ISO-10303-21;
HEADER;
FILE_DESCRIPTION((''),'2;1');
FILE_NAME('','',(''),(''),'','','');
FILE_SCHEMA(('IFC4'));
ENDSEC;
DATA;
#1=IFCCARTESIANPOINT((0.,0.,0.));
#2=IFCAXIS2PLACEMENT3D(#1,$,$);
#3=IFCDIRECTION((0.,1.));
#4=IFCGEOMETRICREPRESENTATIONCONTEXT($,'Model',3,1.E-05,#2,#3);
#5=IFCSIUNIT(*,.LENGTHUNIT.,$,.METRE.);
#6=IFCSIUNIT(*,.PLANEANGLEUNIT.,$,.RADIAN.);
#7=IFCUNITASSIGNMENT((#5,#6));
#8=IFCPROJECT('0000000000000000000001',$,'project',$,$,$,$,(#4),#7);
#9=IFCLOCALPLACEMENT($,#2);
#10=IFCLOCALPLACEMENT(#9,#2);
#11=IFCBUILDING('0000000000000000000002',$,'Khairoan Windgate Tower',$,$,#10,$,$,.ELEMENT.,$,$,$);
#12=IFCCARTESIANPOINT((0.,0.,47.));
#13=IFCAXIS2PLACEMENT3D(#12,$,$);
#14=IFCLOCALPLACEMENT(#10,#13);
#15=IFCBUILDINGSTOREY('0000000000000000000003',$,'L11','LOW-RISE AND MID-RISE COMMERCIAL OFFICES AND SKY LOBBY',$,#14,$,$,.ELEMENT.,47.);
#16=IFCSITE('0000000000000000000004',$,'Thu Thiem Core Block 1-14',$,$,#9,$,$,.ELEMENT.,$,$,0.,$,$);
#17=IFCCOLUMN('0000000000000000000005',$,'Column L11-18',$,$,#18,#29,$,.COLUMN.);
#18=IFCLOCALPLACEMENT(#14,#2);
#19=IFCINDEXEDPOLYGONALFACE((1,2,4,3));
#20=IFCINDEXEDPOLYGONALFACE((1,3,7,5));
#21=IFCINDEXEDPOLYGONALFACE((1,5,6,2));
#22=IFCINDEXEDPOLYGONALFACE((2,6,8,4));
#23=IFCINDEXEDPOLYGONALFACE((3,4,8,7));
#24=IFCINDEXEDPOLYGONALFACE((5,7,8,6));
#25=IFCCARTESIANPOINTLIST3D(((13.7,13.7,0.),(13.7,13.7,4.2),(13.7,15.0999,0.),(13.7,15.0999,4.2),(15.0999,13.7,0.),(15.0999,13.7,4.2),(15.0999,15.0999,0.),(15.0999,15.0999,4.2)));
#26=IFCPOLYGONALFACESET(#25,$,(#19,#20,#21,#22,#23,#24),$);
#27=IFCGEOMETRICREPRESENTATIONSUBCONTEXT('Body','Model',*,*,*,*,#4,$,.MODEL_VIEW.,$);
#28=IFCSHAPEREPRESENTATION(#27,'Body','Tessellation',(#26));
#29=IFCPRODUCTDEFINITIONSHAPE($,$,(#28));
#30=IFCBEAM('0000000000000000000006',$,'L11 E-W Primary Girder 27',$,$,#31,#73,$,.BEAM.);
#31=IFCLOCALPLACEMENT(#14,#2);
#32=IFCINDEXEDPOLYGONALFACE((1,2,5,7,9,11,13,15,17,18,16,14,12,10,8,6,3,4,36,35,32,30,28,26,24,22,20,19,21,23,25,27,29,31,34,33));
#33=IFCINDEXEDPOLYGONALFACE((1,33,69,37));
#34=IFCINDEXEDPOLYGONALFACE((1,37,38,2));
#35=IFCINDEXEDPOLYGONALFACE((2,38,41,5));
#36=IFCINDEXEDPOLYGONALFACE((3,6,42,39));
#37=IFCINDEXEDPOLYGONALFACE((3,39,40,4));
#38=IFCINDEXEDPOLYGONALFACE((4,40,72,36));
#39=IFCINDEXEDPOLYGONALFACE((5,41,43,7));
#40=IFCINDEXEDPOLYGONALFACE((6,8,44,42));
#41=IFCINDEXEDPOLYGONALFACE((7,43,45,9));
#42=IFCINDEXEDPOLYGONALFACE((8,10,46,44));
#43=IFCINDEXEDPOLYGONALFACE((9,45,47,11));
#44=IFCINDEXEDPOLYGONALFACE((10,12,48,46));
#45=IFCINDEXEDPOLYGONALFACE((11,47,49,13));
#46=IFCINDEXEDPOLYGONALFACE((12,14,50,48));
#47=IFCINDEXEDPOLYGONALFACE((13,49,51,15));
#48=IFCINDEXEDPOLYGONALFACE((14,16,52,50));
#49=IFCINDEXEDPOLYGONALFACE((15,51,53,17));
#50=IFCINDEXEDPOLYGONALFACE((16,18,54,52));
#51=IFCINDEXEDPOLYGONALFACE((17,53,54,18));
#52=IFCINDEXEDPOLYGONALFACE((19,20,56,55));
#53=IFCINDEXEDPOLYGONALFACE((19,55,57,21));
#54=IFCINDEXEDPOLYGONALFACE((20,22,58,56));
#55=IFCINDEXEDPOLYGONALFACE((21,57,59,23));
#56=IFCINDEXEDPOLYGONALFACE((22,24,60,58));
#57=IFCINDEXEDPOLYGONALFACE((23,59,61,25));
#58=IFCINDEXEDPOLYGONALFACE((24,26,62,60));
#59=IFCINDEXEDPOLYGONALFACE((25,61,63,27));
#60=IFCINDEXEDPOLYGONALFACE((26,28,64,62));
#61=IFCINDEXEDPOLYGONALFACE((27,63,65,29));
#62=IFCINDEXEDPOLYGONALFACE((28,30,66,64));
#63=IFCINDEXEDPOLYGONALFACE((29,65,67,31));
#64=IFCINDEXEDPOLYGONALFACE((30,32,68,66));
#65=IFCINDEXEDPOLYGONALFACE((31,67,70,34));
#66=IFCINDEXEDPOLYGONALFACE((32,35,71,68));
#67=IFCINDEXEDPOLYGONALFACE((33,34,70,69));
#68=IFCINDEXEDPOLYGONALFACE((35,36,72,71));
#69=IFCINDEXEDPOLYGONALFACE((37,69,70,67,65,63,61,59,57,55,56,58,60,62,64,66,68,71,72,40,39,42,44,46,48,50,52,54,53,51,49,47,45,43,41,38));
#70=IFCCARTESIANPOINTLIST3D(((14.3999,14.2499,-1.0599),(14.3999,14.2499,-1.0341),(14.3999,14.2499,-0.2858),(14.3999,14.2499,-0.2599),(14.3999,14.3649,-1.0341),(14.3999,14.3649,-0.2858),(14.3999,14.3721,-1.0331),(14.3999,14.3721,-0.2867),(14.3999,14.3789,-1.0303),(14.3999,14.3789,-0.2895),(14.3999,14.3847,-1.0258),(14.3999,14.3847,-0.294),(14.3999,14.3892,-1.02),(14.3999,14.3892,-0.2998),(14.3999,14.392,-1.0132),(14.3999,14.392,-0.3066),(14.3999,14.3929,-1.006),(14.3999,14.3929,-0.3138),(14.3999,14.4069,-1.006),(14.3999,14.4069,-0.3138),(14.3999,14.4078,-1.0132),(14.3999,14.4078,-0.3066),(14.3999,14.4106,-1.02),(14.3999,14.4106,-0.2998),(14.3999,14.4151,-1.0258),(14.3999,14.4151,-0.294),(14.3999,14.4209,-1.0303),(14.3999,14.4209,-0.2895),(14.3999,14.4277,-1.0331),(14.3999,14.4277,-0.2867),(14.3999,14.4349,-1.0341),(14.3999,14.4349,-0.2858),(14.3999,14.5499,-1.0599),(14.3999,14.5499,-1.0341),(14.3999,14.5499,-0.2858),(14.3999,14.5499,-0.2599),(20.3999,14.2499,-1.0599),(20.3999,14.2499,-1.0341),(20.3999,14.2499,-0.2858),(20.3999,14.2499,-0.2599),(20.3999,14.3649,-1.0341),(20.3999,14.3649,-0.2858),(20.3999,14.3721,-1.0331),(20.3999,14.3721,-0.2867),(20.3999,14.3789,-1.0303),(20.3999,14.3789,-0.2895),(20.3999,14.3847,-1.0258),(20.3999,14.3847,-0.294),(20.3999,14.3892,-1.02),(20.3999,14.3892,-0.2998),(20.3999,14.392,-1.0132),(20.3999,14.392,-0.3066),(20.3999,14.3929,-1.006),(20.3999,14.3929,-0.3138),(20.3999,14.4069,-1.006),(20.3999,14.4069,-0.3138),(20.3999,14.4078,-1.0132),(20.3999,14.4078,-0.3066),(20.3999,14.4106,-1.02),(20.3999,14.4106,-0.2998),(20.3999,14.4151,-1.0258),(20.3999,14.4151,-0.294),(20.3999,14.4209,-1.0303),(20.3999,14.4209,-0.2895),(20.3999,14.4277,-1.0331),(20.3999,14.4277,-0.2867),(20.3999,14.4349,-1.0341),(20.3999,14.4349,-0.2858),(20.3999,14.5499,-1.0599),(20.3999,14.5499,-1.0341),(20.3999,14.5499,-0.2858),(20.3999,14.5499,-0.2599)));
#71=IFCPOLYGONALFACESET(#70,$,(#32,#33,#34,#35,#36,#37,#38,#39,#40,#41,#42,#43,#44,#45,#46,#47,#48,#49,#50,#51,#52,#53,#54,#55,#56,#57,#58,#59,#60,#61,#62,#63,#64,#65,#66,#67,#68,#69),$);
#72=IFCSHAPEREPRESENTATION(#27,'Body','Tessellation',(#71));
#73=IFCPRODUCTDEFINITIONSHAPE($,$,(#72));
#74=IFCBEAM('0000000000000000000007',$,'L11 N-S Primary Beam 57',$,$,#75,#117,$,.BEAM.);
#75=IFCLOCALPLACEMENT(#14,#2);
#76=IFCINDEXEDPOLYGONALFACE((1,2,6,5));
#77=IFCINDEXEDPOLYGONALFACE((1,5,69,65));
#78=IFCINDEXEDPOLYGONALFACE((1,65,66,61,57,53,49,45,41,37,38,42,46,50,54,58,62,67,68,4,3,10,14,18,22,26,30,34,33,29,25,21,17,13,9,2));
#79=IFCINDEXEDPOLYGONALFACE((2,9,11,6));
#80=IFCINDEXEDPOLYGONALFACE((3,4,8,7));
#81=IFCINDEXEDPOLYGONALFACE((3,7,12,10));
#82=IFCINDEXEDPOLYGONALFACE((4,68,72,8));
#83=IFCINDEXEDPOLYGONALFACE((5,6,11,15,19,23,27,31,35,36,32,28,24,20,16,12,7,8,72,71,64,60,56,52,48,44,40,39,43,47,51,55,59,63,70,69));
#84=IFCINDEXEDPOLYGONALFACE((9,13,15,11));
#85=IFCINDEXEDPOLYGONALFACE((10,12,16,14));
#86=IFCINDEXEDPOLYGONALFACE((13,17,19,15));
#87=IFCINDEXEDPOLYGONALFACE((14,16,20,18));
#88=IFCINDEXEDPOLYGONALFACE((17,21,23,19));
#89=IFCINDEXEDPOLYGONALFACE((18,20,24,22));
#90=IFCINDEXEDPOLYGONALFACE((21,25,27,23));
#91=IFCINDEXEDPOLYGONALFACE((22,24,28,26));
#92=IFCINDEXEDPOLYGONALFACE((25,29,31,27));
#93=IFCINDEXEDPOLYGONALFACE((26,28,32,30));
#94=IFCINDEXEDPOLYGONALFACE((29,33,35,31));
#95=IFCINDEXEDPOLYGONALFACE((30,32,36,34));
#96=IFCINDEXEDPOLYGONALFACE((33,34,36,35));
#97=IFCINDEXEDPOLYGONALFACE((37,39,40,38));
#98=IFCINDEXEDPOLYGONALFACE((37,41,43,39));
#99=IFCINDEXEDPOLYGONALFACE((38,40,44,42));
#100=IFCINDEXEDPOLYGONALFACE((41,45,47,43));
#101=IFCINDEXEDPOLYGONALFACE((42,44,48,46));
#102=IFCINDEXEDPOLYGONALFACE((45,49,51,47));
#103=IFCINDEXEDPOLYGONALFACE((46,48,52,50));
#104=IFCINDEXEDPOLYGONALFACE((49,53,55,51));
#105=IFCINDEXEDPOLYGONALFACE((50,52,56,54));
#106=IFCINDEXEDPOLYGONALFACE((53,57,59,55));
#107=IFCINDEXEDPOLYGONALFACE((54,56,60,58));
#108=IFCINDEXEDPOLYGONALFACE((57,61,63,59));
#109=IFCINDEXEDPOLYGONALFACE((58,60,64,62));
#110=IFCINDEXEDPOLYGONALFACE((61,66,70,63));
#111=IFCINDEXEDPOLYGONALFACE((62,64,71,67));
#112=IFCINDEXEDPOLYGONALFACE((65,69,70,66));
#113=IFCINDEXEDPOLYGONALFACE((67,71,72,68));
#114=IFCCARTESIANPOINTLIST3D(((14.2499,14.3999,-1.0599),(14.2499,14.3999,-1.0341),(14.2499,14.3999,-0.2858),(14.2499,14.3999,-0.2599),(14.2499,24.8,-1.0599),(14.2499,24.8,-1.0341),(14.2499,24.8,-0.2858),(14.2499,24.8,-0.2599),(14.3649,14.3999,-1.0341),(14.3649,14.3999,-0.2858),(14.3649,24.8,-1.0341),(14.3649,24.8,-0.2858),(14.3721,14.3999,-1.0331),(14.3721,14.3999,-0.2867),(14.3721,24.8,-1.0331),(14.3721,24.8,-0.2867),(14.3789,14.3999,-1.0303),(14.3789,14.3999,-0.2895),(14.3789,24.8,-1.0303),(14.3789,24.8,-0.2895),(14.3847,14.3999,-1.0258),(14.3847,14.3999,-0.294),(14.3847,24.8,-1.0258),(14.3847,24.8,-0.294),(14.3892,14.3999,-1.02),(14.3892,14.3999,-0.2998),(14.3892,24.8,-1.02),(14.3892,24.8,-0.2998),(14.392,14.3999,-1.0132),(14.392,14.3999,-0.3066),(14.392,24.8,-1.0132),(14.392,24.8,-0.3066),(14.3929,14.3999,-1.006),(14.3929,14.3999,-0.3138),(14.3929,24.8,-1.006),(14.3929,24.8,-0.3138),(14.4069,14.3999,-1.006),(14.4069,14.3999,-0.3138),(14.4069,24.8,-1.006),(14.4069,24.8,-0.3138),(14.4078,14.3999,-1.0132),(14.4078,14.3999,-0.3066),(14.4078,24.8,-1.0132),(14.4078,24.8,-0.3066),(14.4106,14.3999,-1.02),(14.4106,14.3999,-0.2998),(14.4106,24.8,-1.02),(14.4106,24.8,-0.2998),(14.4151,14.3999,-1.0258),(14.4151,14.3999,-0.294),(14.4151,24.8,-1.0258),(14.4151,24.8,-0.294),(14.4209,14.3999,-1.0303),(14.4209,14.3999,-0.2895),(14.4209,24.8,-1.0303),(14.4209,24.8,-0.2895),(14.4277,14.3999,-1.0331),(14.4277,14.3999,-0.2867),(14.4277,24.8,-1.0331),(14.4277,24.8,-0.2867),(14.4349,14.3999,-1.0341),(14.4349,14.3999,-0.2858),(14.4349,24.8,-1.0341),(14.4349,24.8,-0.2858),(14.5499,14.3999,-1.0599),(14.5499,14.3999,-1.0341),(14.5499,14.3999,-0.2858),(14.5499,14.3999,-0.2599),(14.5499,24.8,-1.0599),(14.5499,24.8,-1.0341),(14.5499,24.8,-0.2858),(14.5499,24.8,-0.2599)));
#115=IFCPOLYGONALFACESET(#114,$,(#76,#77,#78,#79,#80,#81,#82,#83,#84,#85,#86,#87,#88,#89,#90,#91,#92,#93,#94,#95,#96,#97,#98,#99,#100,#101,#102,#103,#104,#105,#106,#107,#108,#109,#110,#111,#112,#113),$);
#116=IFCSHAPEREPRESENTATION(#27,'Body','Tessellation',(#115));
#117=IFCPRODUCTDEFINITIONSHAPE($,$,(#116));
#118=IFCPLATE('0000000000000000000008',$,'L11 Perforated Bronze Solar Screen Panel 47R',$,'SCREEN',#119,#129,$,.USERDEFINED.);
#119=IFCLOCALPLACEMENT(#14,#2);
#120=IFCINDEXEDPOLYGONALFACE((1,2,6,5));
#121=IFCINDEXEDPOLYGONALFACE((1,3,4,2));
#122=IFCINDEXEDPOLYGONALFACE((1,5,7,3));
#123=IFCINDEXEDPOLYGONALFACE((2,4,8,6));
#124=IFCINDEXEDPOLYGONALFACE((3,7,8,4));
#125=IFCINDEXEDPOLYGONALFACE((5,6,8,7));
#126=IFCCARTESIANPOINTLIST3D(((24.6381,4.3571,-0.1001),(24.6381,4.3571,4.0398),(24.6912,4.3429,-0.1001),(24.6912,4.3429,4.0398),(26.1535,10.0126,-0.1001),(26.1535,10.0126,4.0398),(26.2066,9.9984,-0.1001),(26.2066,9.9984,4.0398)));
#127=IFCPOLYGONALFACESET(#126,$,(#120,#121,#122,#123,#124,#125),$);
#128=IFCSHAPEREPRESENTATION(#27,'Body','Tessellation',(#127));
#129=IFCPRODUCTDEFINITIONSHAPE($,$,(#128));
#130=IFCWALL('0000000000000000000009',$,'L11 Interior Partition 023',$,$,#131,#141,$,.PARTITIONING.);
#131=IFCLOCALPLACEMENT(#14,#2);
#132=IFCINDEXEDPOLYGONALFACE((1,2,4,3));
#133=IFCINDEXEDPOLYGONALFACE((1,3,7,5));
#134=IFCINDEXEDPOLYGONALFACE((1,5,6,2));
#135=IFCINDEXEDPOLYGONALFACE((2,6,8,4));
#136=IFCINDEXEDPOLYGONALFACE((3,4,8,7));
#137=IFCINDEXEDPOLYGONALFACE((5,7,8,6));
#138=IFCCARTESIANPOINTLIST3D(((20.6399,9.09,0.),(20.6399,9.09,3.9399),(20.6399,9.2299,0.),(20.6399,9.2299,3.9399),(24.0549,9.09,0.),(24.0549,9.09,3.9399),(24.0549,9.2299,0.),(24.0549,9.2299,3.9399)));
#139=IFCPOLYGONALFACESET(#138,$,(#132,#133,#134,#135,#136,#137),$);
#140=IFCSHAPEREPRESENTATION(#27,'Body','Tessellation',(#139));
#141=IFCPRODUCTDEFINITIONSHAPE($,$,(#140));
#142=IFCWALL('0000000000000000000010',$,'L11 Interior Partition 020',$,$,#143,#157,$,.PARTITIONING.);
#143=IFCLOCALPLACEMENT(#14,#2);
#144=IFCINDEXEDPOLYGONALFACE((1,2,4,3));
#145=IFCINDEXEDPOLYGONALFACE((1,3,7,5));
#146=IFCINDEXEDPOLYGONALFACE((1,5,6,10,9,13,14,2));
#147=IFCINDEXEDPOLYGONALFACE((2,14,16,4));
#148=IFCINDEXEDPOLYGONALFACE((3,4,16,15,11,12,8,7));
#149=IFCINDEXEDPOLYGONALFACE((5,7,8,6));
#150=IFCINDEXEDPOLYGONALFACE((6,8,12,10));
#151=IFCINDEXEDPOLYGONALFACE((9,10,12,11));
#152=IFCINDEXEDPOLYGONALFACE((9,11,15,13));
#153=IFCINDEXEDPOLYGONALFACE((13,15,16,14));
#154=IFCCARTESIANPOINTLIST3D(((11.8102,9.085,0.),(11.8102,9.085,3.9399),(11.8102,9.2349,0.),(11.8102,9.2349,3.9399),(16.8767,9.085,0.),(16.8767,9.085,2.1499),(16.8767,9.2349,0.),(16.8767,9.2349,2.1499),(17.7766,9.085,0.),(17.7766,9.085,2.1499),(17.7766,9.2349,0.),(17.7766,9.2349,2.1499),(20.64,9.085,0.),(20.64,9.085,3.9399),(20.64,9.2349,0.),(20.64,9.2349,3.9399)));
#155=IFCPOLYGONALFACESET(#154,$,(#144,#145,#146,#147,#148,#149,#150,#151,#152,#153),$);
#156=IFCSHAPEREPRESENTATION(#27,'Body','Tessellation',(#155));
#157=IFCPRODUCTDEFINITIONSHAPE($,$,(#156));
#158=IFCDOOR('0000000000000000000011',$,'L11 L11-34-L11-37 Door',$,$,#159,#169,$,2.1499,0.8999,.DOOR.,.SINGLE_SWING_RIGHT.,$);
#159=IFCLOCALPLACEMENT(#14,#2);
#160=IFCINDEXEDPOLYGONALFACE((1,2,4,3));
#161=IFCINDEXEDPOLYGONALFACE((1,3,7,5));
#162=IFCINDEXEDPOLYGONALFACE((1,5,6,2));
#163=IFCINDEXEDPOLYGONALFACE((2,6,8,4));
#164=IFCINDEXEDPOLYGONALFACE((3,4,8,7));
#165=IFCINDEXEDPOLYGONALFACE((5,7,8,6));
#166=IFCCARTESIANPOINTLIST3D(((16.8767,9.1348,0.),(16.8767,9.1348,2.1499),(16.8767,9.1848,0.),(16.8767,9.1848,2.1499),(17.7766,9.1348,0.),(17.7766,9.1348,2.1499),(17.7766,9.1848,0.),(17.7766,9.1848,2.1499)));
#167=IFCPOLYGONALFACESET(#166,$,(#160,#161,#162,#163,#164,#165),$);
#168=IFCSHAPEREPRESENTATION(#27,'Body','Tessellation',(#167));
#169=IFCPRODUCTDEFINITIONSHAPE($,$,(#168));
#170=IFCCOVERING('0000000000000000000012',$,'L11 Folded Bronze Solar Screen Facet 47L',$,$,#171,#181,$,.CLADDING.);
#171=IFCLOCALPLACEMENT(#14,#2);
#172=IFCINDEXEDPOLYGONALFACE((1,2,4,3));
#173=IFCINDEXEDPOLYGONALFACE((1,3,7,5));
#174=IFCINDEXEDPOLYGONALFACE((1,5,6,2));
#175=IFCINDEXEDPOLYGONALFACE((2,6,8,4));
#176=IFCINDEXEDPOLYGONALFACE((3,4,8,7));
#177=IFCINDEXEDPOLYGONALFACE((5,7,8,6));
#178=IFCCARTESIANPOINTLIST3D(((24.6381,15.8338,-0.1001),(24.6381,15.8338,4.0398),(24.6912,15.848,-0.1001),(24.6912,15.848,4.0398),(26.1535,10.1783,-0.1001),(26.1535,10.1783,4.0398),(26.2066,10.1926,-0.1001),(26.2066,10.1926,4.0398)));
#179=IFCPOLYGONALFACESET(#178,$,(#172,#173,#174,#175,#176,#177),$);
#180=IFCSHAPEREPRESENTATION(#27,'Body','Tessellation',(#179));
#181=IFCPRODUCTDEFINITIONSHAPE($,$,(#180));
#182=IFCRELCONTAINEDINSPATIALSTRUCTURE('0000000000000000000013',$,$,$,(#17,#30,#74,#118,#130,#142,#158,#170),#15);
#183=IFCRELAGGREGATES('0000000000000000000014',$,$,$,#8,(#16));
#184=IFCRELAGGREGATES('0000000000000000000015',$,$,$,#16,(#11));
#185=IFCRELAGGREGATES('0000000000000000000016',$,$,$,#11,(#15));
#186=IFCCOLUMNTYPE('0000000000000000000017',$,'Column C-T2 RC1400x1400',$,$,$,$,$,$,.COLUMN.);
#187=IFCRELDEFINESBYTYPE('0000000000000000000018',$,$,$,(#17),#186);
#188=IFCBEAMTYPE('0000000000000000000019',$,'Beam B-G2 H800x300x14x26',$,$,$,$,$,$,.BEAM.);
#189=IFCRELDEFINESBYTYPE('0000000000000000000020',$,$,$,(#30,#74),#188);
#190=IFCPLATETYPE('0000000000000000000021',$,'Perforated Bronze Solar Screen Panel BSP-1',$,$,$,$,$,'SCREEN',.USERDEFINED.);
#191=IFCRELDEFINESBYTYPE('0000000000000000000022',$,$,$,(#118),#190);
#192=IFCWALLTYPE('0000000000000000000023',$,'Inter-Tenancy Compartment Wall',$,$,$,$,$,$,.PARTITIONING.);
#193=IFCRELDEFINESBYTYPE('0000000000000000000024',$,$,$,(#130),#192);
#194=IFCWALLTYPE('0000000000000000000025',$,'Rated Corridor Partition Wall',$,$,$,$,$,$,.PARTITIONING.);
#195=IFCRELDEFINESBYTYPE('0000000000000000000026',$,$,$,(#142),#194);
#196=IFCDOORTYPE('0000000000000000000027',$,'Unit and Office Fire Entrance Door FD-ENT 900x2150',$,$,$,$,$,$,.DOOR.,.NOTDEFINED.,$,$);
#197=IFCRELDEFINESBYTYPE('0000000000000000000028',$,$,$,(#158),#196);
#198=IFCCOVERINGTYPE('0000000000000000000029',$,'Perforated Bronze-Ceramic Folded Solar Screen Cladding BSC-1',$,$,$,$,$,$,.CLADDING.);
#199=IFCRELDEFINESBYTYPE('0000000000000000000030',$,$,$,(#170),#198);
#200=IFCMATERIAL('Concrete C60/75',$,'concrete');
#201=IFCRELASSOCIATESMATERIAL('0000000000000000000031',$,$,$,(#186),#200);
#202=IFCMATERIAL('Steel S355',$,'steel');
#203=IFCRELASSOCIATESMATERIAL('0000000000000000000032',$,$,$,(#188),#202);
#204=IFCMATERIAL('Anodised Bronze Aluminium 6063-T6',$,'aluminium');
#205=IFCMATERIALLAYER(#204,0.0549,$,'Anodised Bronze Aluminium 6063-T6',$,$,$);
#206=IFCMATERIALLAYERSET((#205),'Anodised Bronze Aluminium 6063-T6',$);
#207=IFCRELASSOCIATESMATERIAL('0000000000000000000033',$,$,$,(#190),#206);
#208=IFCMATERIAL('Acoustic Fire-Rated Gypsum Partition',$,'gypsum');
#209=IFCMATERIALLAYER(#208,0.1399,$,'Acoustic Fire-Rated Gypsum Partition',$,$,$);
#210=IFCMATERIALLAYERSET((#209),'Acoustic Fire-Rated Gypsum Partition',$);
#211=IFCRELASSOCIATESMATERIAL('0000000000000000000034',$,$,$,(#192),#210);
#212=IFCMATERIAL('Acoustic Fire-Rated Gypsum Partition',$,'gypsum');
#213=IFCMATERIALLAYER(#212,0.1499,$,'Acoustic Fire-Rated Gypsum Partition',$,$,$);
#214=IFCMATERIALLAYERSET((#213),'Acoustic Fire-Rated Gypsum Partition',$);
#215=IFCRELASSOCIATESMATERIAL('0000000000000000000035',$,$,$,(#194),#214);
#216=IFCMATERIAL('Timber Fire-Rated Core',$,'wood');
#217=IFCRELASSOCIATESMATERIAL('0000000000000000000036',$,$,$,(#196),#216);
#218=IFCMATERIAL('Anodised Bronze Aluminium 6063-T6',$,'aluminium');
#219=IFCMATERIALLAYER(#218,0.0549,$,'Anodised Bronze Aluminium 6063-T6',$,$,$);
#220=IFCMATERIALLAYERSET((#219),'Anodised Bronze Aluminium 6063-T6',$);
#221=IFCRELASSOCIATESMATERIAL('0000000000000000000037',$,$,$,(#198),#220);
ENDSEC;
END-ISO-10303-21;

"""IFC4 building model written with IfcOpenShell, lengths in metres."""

from ifc_helpers import new_model, si_unit, direction, frame, frame_2d, origin, origin_2d, place, context, subcontext, project, spatial, rectangle, i_section, extrude, material, layer, layer_set, material_profile, profile_set, type_object, element, fill, save


model = new_model("IFC4")

# Units and contexts
model_context = context("Model", 3, precision=1e-05, world=origin(), true_north=direction((0.0, 1.0)))
body_context = subcontext(model_context, "Body", "Model", "MODEL_VIEW")
ifc_project = project(units=[si_unit("LENGTHUNIT", "METRE"), si_unit("PLANEANGLEUNIT", "RADIAN")], contexts=[model_context])

# Site, building, storey
site_placement = place(None, origin())
site = spatial("IfcSite", under=ifc_project, at=site_placement, Name="Thu Thiem Core Block 1-14", CompositionType="ELEMENT", RefElevation=0.0)
building_placement = place(site_placement, origin())
building = spatial("IfcBuilding", under=site, at=building_placement, Name="Khairoan Windgate Tower", CompositionType="ELEMENT")
storey_placement = place(building_placement, frame((0.0, 0.0, 47.0)))
storey = spatial("IfcBuildingStorey", under=building, at=storey_placement, Name="L11", Description="LOW-RISE AND MID-RISE COMMERCIAL OFFICES AND SKY LOBBY", CompositionType="ELEMENT", Elevation=47.0)

# Column
ifc_material_1 = material(Name="Concrete C60/75", Category="concrete")
ifc_material_profile_1 = material_profile(ifc_material_1, rectangle(XDim=1.3999, YDim=1.3999, at=origin_2d()))
ifc_profile_set_1 = profile_set([ifc_material_profile_1], Name="Concrete C60/75")
column_type = type_object("IfcColumnType", Name="Column C-T2 RC1400x1400", PredefinedType="COLUMN", material=ifc_profile_set_1)
column_placement = place(storey_placement, frame((14.3999, 14.3999, 0.0), z_axis=(0.0, 0.0, 1.0), x_axis=(1.0, 0.0, 0.0)))
element("IfcColumn", 1, at=column_placement, inside=storey, type_object=column_type, Name="Column L11-18", PredefinedType="COLUMN", context=body_context, shape_type="SweptSolid", body=[
    extrude(rectangle(XDim=1.3999, YDim=1.3999, at=origin_2d()), origin(), (0.0, 0.0, 1.0), 4.2),
])

# Beams
ifc_material_2 = material(Name="Steel S355", Category="steel")
ifc_material_profile_2 = material_profile(ifc_material_2, i_section(OverallWidth=0.3, OverallDepth=0.8, WebThickness=0.0139, FlangeThickness=0.0259, FilletRadius=0.0281, at=origin_2d()))
ifc_profile_set_2 = profile_set([ifc_material_profile_2], Name="Steel S355")
beam_type = type_object("IfcBeamType", Name="Beam B-G2 H800x300x14x26", PredefinedType="BEAM", material=ifc_profile_set_2)
beam_1_placement = place(storey_placement, frame((14.3999, 14.3999, -0.6599), z_axis=(1.0, 0.0, 0.0), x_axis=(0.0, 1.0, 0.0)))
element("IfcBeam", 2, at=beam_1_placement, inside=storey, type_object=beam_type, Name="L11 E-W Primary Girder 27", PredefinedType="BEAM", context=body_context, shape_type="SweptSolid", body=[
    extrude(i_section(OverallWidth=0.3, OverallDepth=0.8, WebThickness=0.0139, FlangeThickness=0.0259, FilletRadius=0.0281, at=origin_2d()), origin(), (0.0, 0.0, 1.0), 6.0),
])
beam_2_placement = place(storey_placement, frame((14.3999, 14.3999, -0.6599), z_axis=(0.0, 1.0, 0.0), x_axis=(-1.0, 0.0, 0.0)))
element("IfcBeam", 3, at=beam_2_placement, inside=storey, type_object=beam_type, Name="L11 N-S Primary Beam 57", PredefinedType="BEAM", context=body_context, shape_type="SweptSolid", body=[
    extrude(i_section(OverallWidth=0.3, OverallDepth=0.8, WebThickness=0.0139, FlangeThickness=0.0259, FilletRadius=0.0281, at=origin_2d()), origin(), (0.0, 0.0, 1.0), 10.4001),
])

# Plate
ifc_material_3 = material(Name="Anodised Bronze Aluminium 6063-T6", Category="aluminium")
ifc_layer_1 = layer(ifc_material_3, 0.0549, Name="Anodised Bronze Aluminium 6063-T6")
ifc_layer_set_1 = layer_set([ifc_layer_1], Name="Anodised Bronze Aluminium 6063-T6")
plate_type = type_object("IfcPlateType", Name="Perforated Bronze Solar Screen Panel BSP-1", ElementType="SCREEN", PredefinedType="USERDEFINED", material=ifc_layer_set_1)
plate_placement = place(storey_placement, frame((25.4224, 7.1777, -0.1001), z_axis=(0.0, 0.0, 1.0), x_axis=(-0.258819, -0.965926, 0.0)))
element("IfcPlate", 4, at=plate_placement, inside=storey, type_object=plate_type, Name="L11 Perforated Bronze Solar Screen Panel 47R", ObjectType="SCREEN", PredefinedType="USERDEFINED", context=body_context, shape_type="SweptSolid", body=[
    extrude(rectangle(XDim=5.855, YDim=0.0549, at=origin_2d()), origin(), (0.0, 0.0, 1.0), 4.1399),
])

# Wall
ifc_material_4 = material(Name="Acoustic Fire-Rated Gypsum Partition", Category="gypsum")
ifc_layer_2 = layer(ifc_material_4, 0.1399, Name="Acoustic Fire-Rated Gypsum Partition")
ifc_layer_set_2 = layer_set([ifc_layer_2], Name="Acoustic Fire-Rated Gypsum Partition")
wall_type_1 = type_object("IfcWallType", Name="Inter-Tenancy Compartment Wall", PredefinedType="PARTITIONING", material=ifc_layer_set_2)
wall_1_placement = place(storey_placement, frame((20.6399, 9.1599, 0.0), z_axis=(0.0, 0.0, 1.0), x_axis=(1.0, 0.0, 0.0)))
element("IfcWall", 5, at=wall_1_placement, inside=storey, type_object=wall_type_1, Name="L11 Interior Partition 023", PredefinedType="PARTITIONING", context=body_context, shape_type="SweptSolid", body=[
    extrude(rectangle(XDim=3.415, YDim=0.1399, at=frame_2d((1.7075, 0.0))), origin(), (0.0, 0.0, 1.0), 3.9399),
])

# Wall, opening, door
ifc_material_5 = material(Name="Acoustic Fire-Rated Gypsum Partition", Category="gypsum")
ifc_layer_3 = layer(ifc_material_5, 0.1499, Name="Acoustic Fire-Rated Gypsum Partition")
ifc_layer_set_3 = layer_set([ifc_layer_3], Name="Acoustic Fire-Rated Gypsum Partition")
wall_type_2 = type_object("IfcWallType", Name="Rated Corridor Partition Wall", PredefinedType="PARTITIONING", material=ifc_layer_set_3)
ifc_material_6 = material(Name="Timber Fire-Rated Core", Category="wood")
door_type = type_object("IfcDoorType", Name="Unit and Office Fire Entrance Door FD-ENT 900x2150", OperationType="NOTDEFINED", PredefinedType="DOOR", material=ifc_material_6)
wall_2_placement = place(storey_placement, frame((11.8101, 9.1599, 0.0), z_axis=(0.0, 0.0, 1.0), x_axis=(1.0, 0.0, 0.0)))
wall_2 = element("IfcWall", 6, at=wall_2_placement, inside=storey, type_object=wall_type_2, Name="L11 Interior Partition 020", PredefinedType="PARTITIONING", context=body_context, shape_type="SweptSolid", body=[
    extrude(rectangle(XDim=8.8298, YDim=0.1499, at=frame_2d((4.415, 0.0))), origin(), (0.0, 0.0, 1.0), 3.9399),
])
opening_1_placement = place(wall_2_placement, frame((5.0667, 0.0, 0.0)))
opening_1 = element("IfcOpeningElement", 7, at=opening_1_placement, cuts=wall_2, PredefinedType="OPENING", context=body_context, shape_type="SweptSolid", body=[
    extrude(rectangle(XDim=0.8999, YDim=2.1499, at=frame_2d((0.45, 1.075))), frame((0.0, 0.085, 0.0), z_axis=(0.0, -1.0, 0.0), x_axis=(1.0, 0.0, 0.0)), (0.0, 0.0, 1.0), 0.1699),
])
door_1_placement = place(opening_1_placement, origin())
door_1 = element("IfcDoor", 8, at=door_1_placement, inside=storey, type_object=door_type, Name="L11 L11-34-L11-37 Door", OperationType="SINGLE_SWING_RIGHT", OverallHeight=2.1499, OverallWidth=0.8999, PredefinedType="DOOR", context=body_context, shape_type="SweptSolid", body=[
    extrude(rectangle(XDim=0.8999, YDim=2.1499, at=frame_2d((0.45, 1.075))), frame((0.0, 0.0249, 0.0), z_axis=(0.0, -1.0, 0.0), x_axis=(1.0, 0.0, 0.0)), (0.0, 0.0, 1.0), 0.05),
])
fill(opening_1, door_1)

# Covering
ifc_material_7 = material(Name="Anodised Bronze Aluminium 6063-T6", Category="aluminium")
ifc_layer_4 = layer(ifc_material_7, 0.0549, Name="Anodised Bronze Aluminium 6063-T6")
ifc_layer_set_4 = layer_set([ifc_layer_4], Name="Anodised Bronze Aluminium 6063-T6")
covering_type = type_object("IfcCoveringType", Name="Perforated Bronze-Ceramic Folded Solar Screen Cladding BSC-1", PredefinedType="CLADDING", material=ifc_layer_set_4)
covering_placement = place(storey_placement, frame((25.4224, 13.0132, -0.1001), z_axis=(0.0, 0.0, 1.0), x_axis=(0.258819, -0.965926, 0.0)))
element("IfcCovering", 9, at=covering_placement, inside=storey, type_object=covering_type, Name="L11 Folded Bronze Solar Screen Facet 47L", PredefinedType="CLADDING", context=body_context, shape_type="SweptSolid", body=[
    extrude(rectangle(XDim=5.855, YDim=0.0549, at=origin_2d()), origin(), (0.0, 0.0, 1.0), 4.1399),
])

save(model, "model.ifc")
